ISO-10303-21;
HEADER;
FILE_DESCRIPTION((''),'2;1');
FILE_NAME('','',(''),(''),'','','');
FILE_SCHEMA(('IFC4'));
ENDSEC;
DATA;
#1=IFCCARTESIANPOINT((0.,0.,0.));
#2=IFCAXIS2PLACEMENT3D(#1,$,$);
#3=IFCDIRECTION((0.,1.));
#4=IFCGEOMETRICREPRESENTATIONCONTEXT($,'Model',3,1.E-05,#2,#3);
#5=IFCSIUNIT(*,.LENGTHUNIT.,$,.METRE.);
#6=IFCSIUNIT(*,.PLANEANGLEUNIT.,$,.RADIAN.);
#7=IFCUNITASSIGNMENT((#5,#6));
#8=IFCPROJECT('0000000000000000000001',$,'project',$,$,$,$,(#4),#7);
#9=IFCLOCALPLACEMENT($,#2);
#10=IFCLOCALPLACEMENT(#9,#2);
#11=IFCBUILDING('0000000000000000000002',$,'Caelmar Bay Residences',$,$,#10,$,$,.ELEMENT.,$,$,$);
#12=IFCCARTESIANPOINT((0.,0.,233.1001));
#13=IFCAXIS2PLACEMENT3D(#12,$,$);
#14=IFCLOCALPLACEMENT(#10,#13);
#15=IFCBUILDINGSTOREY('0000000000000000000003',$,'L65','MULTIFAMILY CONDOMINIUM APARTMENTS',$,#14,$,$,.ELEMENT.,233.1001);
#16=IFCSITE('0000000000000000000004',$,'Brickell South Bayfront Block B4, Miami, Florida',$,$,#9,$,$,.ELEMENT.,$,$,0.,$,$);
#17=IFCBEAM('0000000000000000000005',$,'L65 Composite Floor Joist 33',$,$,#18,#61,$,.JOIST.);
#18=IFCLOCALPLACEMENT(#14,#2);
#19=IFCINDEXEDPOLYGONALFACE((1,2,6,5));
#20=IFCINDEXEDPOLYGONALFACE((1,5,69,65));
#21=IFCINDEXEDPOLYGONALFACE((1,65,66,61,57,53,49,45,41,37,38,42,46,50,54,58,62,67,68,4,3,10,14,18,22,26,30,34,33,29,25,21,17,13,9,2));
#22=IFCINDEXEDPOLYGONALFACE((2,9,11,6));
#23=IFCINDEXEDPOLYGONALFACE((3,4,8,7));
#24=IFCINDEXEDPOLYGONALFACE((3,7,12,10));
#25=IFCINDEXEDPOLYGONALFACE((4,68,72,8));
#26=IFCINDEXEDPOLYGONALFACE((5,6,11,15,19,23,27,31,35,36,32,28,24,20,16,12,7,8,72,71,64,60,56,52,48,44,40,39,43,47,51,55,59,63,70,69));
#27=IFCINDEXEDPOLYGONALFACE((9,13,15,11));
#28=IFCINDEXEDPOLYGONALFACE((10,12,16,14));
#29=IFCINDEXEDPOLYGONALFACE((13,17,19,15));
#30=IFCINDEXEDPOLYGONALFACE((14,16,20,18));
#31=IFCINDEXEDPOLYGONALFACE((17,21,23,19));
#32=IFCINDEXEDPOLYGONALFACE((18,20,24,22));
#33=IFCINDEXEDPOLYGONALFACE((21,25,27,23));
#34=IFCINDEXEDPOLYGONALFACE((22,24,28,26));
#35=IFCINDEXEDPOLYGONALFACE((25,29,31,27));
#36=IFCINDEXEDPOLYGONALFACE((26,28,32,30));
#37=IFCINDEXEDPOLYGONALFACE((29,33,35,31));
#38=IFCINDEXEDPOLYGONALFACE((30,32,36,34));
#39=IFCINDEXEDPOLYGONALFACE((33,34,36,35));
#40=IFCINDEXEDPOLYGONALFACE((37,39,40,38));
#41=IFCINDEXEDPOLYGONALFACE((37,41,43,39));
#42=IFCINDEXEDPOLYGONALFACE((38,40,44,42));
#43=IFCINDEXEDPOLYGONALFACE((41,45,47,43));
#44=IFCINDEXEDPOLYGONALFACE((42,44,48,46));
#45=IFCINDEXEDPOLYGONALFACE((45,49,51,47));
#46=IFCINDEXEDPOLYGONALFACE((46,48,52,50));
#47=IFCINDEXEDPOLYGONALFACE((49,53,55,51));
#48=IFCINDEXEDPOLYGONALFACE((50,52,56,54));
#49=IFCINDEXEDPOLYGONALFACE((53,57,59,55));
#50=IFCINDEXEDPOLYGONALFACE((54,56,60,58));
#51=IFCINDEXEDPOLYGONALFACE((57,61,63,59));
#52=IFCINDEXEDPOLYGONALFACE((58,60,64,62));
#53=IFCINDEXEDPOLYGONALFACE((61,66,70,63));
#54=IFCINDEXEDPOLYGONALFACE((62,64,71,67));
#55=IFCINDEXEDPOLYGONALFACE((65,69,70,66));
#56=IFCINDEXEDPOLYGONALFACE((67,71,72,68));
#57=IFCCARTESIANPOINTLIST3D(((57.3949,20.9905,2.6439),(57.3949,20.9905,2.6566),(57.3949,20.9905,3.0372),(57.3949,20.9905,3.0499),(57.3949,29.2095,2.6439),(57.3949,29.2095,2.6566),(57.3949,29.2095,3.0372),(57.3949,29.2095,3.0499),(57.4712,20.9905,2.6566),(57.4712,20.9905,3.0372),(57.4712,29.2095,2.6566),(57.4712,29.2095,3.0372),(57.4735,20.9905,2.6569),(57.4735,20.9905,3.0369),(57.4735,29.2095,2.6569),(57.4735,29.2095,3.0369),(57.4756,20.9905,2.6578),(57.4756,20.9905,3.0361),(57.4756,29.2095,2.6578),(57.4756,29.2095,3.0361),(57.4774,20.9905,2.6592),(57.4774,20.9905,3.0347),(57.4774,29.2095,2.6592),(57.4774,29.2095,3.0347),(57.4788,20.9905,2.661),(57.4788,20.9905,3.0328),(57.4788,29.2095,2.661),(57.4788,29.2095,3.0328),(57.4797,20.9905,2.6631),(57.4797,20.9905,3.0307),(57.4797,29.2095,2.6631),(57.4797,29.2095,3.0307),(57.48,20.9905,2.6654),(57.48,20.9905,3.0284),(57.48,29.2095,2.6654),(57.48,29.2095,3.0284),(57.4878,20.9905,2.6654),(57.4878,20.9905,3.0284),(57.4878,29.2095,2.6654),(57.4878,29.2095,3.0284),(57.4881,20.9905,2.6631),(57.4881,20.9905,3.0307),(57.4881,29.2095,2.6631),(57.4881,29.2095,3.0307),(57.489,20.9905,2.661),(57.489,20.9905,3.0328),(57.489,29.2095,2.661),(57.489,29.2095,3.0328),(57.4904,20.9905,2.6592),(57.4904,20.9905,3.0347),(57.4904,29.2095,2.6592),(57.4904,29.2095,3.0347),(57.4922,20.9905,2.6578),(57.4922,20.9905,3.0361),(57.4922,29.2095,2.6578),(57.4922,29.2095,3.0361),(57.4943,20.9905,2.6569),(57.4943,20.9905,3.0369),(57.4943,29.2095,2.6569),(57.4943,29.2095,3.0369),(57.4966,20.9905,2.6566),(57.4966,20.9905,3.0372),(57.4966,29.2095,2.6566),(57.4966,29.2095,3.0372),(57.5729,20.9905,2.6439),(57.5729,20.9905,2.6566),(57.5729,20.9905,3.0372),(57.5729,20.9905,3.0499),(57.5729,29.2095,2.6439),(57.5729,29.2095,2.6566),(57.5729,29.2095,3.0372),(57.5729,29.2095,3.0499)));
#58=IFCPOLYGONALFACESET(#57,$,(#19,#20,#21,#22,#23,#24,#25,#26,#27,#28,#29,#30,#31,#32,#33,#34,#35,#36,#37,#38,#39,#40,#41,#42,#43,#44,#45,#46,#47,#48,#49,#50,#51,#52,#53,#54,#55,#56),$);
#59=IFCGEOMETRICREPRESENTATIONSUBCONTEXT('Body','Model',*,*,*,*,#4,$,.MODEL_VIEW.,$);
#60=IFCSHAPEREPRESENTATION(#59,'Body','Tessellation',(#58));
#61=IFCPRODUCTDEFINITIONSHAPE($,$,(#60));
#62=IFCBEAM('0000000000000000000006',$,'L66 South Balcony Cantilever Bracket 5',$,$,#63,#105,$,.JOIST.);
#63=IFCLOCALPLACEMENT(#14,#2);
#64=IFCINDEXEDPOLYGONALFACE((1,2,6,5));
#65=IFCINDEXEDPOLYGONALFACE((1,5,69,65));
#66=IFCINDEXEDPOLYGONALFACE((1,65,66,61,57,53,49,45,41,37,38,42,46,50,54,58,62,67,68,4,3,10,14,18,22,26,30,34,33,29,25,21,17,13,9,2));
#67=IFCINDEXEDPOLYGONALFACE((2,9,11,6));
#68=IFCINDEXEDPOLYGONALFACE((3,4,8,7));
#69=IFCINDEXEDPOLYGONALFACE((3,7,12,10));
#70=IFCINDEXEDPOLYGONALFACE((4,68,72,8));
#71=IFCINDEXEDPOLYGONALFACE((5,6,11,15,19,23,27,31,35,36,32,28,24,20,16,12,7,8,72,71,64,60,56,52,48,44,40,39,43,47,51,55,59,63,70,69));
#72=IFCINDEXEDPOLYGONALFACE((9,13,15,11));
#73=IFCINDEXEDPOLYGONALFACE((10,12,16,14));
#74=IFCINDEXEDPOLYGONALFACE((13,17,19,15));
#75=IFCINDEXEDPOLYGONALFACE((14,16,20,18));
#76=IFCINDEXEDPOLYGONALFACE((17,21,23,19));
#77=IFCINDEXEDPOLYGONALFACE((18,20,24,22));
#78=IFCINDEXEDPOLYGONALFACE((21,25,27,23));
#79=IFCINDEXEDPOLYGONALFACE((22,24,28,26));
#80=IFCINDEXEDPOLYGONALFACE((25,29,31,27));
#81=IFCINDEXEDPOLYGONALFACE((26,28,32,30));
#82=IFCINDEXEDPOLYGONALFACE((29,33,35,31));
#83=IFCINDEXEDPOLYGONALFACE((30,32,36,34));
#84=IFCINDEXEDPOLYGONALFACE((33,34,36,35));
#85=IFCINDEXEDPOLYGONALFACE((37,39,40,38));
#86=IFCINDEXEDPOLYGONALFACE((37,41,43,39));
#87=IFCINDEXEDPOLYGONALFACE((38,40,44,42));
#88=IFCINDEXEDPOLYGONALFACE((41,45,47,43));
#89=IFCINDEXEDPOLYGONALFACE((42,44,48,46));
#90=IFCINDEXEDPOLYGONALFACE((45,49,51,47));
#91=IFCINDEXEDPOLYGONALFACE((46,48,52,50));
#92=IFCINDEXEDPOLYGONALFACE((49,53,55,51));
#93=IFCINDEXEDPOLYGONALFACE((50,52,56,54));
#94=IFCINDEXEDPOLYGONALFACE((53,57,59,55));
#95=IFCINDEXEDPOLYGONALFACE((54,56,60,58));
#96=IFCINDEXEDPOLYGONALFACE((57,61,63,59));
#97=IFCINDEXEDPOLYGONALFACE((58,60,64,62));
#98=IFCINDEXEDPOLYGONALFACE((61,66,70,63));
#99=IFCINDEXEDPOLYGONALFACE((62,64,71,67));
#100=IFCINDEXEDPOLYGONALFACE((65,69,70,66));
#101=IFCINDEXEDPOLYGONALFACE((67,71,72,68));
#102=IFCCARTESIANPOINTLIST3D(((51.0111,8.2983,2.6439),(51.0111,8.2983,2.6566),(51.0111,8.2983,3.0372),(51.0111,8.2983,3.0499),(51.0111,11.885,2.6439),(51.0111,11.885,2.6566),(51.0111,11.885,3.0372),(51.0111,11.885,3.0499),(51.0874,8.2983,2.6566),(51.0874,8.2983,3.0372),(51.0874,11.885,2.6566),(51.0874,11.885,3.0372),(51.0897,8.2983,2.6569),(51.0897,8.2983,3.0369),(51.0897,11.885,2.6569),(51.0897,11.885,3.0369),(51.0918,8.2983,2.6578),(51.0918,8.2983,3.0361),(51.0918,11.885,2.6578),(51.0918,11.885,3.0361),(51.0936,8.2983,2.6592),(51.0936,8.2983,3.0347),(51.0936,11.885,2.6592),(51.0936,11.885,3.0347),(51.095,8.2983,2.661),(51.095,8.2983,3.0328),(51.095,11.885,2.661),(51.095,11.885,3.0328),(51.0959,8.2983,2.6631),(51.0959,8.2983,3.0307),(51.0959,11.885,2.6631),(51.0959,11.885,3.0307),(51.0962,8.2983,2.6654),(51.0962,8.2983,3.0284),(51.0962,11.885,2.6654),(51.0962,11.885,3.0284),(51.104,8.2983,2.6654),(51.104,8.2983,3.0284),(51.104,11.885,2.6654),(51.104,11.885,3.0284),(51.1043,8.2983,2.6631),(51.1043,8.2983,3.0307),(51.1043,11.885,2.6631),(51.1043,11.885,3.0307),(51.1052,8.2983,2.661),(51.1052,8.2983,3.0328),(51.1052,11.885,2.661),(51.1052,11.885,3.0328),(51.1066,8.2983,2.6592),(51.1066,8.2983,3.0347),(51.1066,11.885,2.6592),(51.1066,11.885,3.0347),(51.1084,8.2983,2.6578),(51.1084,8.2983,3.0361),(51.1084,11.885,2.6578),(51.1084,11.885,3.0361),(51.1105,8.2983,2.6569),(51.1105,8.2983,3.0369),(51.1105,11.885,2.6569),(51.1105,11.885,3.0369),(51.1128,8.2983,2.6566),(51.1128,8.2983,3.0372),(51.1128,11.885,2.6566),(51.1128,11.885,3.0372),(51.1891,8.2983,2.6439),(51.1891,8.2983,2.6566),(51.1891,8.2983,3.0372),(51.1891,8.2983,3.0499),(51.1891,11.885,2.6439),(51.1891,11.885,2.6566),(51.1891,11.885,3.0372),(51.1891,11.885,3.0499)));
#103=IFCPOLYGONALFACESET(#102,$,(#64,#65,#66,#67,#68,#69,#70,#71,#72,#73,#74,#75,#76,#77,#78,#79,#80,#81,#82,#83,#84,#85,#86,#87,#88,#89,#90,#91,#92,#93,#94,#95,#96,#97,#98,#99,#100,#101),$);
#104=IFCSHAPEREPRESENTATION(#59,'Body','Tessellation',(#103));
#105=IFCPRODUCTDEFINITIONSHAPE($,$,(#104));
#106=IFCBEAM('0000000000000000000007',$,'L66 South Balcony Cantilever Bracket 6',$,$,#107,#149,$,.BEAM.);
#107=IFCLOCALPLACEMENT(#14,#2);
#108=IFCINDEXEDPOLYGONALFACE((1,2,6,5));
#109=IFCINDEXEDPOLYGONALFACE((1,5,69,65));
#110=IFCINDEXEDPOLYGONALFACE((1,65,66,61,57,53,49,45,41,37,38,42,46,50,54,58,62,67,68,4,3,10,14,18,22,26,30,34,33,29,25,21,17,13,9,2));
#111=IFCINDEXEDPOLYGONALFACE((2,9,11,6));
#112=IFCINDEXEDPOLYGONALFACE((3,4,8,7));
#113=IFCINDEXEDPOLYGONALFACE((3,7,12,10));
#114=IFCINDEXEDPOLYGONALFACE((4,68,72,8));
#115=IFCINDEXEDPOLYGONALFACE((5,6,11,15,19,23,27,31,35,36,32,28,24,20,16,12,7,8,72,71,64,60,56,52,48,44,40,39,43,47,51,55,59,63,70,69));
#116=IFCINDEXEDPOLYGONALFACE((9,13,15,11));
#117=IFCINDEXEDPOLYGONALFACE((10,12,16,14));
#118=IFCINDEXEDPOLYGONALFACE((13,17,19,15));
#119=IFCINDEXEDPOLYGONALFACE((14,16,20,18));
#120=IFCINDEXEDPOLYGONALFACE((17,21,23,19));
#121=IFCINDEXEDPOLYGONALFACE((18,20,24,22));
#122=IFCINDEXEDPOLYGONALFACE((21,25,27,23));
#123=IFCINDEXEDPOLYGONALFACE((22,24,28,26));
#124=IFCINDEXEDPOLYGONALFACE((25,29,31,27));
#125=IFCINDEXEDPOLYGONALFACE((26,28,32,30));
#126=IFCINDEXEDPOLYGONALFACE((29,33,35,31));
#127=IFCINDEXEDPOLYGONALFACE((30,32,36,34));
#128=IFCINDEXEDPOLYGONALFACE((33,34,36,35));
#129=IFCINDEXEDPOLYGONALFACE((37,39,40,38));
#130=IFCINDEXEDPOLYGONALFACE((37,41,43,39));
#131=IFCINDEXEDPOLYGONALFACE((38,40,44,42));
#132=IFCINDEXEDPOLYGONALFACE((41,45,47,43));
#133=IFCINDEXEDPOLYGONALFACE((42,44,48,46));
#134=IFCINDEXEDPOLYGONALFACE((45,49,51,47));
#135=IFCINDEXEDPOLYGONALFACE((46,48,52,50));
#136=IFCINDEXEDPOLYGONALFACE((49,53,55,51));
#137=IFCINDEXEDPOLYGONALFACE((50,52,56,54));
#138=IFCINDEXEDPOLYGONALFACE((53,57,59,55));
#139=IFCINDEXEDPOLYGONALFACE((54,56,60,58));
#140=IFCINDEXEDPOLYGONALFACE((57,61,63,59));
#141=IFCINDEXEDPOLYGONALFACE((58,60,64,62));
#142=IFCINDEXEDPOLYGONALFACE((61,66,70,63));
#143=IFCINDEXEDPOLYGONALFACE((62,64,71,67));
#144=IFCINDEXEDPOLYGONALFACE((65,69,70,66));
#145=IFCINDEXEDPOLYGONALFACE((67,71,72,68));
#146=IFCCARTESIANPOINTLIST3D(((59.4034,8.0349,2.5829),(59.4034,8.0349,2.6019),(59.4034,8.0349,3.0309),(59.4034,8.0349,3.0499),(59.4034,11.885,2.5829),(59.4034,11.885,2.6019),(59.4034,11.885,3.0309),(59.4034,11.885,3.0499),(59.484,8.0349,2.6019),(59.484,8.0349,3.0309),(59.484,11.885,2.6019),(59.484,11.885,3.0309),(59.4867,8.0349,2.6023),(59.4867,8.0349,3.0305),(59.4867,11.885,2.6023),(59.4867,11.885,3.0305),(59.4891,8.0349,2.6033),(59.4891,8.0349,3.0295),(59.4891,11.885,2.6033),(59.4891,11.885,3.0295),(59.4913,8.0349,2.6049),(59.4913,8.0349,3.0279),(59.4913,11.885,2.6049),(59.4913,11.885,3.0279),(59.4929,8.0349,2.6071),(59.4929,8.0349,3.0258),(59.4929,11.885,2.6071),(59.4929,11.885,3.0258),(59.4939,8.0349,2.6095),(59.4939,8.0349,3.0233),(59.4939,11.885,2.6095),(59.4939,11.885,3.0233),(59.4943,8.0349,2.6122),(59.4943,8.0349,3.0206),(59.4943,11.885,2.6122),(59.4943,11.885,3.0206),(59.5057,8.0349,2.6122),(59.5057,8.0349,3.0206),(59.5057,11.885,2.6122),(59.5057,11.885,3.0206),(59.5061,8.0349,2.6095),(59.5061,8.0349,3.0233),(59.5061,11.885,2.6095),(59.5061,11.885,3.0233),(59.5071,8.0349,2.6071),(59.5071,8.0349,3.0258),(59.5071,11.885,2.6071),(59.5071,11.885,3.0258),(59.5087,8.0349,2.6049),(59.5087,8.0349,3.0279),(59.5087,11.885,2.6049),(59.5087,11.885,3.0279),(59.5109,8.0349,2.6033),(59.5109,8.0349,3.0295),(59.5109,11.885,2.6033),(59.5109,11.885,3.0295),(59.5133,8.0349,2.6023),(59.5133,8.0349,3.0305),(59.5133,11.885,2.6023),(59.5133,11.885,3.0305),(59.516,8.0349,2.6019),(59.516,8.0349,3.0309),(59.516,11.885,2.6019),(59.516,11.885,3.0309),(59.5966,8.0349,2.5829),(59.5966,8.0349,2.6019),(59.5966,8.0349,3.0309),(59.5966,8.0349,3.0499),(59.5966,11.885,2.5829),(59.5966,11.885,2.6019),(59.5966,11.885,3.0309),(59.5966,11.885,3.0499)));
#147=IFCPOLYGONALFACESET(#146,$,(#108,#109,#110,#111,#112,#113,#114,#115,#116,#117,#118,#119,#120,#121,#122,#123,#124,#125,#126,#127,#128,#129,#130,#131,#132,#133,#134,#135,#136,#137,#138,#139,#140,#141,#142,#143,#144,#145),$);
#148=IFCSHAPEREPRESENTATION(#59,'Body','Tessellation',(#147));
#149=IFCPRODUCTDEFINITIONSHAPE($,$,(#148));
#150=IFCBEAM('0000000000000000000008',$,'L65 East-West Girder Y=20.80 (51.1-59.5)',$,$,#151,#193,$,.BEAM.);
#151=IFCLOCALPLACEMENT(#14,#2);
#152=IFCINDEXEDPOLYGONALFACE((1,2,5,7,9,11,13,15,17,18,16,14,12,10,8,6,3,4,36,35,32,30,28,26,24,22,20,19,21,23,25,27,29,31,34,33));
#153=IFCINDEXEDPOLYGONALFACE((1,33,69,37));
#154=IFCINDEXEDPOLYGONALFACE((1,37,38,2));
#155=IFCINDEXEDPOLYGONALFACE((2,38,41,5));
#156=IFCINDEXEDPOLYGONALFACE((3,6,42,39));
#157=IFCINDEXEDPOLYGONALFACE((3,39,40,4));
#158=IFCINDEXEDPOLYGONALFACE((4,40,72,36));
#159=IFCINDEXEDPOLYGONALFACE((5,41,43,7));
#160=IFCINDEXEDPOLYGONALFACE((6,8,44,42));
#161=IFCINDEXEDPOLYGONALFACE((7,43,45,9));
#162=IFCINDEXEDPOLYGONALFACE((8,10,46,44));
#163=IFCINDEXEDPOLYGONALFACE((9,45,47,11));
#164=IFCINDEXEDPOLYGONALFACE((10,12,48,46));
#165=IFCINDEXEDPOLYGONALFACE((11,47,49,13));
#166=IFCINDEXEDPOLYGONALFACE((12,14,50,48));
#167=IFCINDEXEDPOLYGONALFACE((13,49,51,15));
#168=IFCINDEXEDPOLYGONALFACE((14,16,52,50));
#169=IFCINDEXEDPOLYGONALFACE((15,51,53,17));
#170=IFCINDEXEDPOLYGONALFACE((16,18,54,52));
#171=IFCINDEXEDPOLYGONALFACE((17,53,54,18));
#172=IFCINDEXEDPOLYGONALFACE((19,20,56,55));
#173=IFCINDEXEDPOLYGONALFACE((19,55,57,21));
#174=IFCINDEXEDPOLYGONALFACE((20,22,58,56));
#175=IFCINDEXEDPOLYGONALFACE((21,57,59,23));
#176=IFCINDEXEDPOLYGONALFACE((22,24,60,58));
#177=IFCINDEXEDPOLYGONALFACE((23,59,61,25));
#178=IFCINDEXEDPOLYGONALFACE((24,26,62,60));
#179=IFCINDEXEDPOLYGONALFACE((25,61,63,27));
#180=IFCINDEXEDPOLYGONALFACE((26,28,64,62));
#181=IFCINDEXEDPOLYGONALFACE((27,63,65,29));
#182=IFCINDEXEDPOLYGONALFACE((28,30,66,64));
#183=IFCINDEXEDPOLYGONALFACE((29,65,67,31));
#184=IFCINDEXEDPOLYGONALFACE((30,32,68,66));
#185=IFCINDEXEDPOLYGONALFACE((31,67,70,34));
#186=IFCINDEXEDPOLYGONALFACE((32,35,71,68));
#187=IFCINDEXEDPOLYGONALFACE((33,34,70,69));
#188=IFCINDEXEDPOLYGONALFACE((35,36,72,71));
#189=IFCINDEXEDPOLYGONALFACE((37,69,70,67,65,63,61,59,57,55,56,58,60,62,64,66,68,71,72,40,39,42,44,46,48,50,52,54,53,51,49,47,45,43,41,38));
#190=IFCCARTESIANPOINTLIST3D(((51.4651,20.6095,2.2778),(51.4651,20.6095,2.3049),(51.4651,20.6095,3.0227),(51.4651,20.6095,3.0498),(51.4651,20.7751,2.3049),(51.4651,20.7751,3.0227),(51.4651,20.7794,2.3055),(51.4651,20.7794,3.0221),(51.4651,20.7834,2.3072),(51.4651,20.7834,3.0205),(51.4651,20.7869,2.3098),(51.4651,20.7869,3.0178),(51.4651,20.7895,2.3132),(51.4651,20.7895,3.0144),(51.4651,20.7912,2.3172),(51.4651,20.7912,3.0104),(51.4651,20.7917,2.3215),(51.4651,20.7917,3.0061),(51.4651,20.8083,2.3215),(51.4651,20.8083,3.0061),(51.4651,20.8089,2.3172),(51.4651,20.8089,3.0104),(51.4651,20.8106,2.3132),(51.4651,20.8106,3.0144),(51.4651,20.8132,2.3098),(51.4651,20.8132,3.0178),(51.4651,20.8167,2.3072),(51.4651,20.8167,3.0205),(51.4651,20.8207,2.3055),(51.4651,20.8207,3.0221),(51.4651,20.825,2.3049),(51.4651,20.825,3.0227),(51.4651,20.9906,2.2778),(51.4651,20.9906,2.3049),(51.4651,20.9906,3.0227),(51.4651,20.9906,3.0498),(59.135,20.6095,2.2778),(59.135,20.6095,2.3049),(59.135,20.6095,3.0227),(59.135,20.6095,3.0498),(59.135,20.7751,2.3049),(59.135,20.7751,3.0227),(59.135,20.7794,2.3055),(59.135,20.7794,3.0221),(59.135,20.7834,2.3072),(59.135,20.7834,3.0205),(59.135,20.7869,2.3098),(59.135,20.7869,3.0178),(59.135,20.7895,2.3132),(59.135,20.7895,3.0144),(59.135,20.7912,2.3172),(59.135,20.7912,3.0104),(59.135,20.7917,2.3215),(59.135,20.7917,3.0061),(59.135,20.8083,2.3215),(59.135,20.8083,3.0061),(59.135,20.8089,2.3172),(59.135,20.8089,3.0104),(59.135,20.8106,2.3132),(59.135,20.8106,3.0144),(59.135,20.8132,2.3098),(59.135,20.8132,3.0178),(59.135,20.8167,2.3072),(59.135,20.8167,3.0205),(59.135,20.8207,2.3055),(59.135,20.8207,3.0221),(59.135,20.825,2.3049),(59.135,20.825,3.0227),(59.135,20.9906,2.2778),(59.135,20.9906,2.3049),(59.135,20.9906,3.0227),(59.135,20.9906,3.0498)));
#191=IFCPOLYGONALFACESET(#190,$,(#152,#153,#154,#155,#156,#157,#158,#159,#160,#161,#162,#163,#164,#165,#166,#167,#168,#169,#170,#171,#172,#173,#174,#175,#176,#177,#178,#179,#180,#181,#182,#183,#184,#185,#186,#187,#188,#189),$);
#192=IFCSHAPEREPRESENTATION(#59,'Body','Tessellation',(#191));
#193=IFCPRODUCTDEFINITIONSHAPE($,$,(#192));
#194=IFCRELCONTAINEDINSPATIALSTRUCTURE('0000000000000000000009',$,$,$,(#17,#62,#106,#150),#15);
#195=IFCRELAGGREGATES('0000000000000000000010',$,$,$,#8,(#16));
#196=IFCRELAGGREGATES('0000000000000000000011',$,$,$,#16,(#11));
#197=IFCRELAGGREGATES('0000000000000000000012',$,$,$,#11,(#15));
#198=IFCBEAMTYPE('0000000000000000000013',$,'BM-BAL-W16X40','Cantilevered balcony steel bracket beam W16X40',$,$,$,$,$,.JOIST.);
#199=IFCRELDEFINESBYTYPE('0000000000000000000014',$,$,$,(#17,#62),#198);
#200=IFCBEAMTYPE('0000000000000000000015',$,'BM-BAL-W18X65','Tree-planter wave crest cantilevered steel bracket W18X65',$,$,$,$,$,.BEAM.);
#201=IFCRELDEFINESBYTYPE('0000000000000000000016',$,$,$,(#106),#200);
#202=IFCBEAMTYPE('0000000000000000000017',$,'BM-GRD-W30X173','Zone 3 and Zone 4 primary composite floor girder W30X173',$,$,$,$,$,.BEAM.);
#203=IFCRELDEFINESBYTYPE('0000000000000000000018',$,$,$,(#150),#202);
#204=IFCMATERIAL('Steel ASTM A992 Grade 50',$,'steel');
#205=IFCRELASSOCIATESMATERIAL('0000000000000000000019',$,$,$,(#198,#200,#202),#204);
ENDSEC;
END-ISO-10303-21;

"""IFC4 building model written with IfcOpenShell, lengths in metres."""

from ifc_helpers import new_model, si_unit, direction, frame, origin, origin_2d, place, context, subcontext, project, spatial, i_section, extrude, material, material_profile, profile_set, type_object, element, save


model = new_model("IFC4")

# Units and contexts
model_context = context("Model", 3, precision=1e-05, world=origin(), true_north=direction((0.0, 1.0)))
body_context = subcontext(model_context, "Body", "Model", "MODEL_VIEW")
ifc_project = project(units=[si_unit("LENGTHUNIT", "METRE"), si_unit("PLANEANGLEUNIT", "RADIAN")], contexts=[model_context])

# Site, building, storey
site_placement = place(None, origin())
site = spatial("IfcSite", under=ifc_project, at=site_placement, Name="Brickell South Bayfront Block B4, Miami, Florida", CompositionType="ELEMENT", RefElevation=0.0)
building_placement = place(site_placement, origin())
building = spatial("IfcBuilding", under=site, at=building_placement, Name="Caelmar Bay Residences", CompositionType="ELEMENT")
storey_placement = place(building_placement, frame((0.0, 0.0, 233.1001)))
storey = spatial("IfcBuildingStorey", under=building, at=storey_placement, Name="L65", Description="MULTIFAMILY CONDOMINIUM APARTMENTS", CompositionType="ELEMENT", Elevation=233.1001)

# Beams
ifc_material_1 = material(Name="Steel ASTM A992 Grade 50", Category="steel")
ifc_material_profile_1 = material_profile(ifc_material_1, i_section(OverallWidth=0.178, OverallDepth=0.406, WebThickness=0.0078, FlangeThickness=0.0127, FilletRadius=0.0088, at=origin_2d()), Name="W16X40")
ifc_profile_set_1 = profile_set([ifc_material_profile_1], Name="Steel ASTM A992 Grade 50")
beam_type_1 = type_object("IfcBeamType", Name="BM-BAL-W16X40", Description="Cantilevered balcony steel bracket beam W16X40", PredefinedType="JOIST", material=ifc_profile_set_1)
for number, where, z_axis, x_axis, name in (
    (1, (57.4839, 20.9905, 2.8469), (0.0, 1.0, 0.0), (-1.0, 0.0, 0.0), "L65 Composite Floor Joist 33"),
):
    element("IfcBeam", number, at=place(storey_placement, frame(where, z_axis=z_axis, x_axis=x_axis)), inside=storey, type_object=beam_type_1, Name=name, PredefinedType="JOIST", context=body_context, shape_type="SweptSolid", body=[
        extrude(i_section(OverallWidth=0.178, OverallDepth=0.406, WebThickness=0.0078, FlangeThickness=0.0127, FilletRadius=0.0088, at=origin_2d()), origin(), (0.0, 0.0, 1.0), 8.219),
    ])
beam_1_placement = place(storey_placement, frame((51.1001, 11.885, 2.8469), z_axis=(0.0, -1.0, 0.0), x_axis=(1.0, 0.0, 0.0)))
element("IfcBeam", 2, at=beam_1_placement, inside=storey, type_object=beam_type_1, Name="L66 South Balcony Cantilever Bracket 5", PredefinedType="JOIST", context=body_context, shape_type="SweptSolid", body=[
    extrude(i_section(OverallWidth=0.178, OverallDepth=0.406, WebThickness=0.0078, FlangeThickness=0.0127, FilletRadius=0.0088, at=origin_2d()), origin(), (0.0, 0.0, 1.0), 3.5867),
])
ifc_material_profile_2 = material_profile(ifc_material_1, i_section(OverallWidth=0.1931, OverallDepth=0.467, WebThickness=0.0115, FlangeThickness=0.019, FilletRadius=0.0103, at=origin_2d()), Name="W18X65")
ifc_profile_set_2 = profile_set([ifc_material_profile_2], Name="Steel ASTM A992 Grade 50")
beam_type_2 = type_object("IfcBeamType", Name="BM-BAL-W18X65", Description="Tree-planter wave crest cantilevered steel bracket W18X65", PredefinedType="BEAM", material=ifc_profile_set_2)
beam_2_placement = place(storey_placement, frame((59.5, 11.885, 2.8164), z_axis=(0.0, -1.0, 0.0), x_axis=(1.0, 0.0, 0.0)))
element("IfcBeam", 3, at=beam_2_placement, inside=storey, type_object=beam_type_2, Name="L66 South Balcony Cantilever Bracket 6", PredefinedType="BEAM", context=body_context, shape_type="SweptSolid", body=[
    extrude(i_section(OverallWidth=0.1931, OverallDepth=0.467, WebThickness=0.0115, FlangeThickness=0.019, FilletRadius=0.0103, at=origin_2d()), origin(), (0.0, 0.0, 1.0), 3.8501),
])
ifc_material_profile_3 = material_profile(ifc_material_1, i_section(OverallWidth=0.3811, OverallDepth=0.772, WebThickness=0.0166, FlangeThickness=0.0271, FilletRadius=0.0166, at=origin_2d()), Name="W30X173")
ifc_profile_set_3 = profile_set([ifc_material_profile_3], Name="Steel ASTM A992 Grade 50")
beam_type_3 = type_object("IfcBeamType", Name="BM-GRD-W30X173", Description="Zone 3 and Zone 4 primary composite floor girder W30X173", PredefinedType="BEAM", material=ifc_profile_set_3)
beam_3_placement = place(storey_placement, frame((51.4651, 20.8, 2.6638), z_axis=(1.0, 0.0, 0.0), x_axis=(0.0, 1.0, 0.0)))
element("IfcBeam", 4, at=beam_3_placement, inside=storey, type_object=beam_type_3, Name="L65 East-West Girder Y=20.80 (51.1-59.5)", PredefinedType="BEAM", context=body_context, shape_type="SweptSolid", body=[
    extrude(i_section(OverallWidth=0.3811, OverallDepth=0.772, WebThickness=0.0166, FlangeThickness=0.0271, FilletRadius=0.0166, at=origin_2d()), origin(), (0.0, 0.0, 1.0), 7.6699),
])

save(model, "model.ifc")
